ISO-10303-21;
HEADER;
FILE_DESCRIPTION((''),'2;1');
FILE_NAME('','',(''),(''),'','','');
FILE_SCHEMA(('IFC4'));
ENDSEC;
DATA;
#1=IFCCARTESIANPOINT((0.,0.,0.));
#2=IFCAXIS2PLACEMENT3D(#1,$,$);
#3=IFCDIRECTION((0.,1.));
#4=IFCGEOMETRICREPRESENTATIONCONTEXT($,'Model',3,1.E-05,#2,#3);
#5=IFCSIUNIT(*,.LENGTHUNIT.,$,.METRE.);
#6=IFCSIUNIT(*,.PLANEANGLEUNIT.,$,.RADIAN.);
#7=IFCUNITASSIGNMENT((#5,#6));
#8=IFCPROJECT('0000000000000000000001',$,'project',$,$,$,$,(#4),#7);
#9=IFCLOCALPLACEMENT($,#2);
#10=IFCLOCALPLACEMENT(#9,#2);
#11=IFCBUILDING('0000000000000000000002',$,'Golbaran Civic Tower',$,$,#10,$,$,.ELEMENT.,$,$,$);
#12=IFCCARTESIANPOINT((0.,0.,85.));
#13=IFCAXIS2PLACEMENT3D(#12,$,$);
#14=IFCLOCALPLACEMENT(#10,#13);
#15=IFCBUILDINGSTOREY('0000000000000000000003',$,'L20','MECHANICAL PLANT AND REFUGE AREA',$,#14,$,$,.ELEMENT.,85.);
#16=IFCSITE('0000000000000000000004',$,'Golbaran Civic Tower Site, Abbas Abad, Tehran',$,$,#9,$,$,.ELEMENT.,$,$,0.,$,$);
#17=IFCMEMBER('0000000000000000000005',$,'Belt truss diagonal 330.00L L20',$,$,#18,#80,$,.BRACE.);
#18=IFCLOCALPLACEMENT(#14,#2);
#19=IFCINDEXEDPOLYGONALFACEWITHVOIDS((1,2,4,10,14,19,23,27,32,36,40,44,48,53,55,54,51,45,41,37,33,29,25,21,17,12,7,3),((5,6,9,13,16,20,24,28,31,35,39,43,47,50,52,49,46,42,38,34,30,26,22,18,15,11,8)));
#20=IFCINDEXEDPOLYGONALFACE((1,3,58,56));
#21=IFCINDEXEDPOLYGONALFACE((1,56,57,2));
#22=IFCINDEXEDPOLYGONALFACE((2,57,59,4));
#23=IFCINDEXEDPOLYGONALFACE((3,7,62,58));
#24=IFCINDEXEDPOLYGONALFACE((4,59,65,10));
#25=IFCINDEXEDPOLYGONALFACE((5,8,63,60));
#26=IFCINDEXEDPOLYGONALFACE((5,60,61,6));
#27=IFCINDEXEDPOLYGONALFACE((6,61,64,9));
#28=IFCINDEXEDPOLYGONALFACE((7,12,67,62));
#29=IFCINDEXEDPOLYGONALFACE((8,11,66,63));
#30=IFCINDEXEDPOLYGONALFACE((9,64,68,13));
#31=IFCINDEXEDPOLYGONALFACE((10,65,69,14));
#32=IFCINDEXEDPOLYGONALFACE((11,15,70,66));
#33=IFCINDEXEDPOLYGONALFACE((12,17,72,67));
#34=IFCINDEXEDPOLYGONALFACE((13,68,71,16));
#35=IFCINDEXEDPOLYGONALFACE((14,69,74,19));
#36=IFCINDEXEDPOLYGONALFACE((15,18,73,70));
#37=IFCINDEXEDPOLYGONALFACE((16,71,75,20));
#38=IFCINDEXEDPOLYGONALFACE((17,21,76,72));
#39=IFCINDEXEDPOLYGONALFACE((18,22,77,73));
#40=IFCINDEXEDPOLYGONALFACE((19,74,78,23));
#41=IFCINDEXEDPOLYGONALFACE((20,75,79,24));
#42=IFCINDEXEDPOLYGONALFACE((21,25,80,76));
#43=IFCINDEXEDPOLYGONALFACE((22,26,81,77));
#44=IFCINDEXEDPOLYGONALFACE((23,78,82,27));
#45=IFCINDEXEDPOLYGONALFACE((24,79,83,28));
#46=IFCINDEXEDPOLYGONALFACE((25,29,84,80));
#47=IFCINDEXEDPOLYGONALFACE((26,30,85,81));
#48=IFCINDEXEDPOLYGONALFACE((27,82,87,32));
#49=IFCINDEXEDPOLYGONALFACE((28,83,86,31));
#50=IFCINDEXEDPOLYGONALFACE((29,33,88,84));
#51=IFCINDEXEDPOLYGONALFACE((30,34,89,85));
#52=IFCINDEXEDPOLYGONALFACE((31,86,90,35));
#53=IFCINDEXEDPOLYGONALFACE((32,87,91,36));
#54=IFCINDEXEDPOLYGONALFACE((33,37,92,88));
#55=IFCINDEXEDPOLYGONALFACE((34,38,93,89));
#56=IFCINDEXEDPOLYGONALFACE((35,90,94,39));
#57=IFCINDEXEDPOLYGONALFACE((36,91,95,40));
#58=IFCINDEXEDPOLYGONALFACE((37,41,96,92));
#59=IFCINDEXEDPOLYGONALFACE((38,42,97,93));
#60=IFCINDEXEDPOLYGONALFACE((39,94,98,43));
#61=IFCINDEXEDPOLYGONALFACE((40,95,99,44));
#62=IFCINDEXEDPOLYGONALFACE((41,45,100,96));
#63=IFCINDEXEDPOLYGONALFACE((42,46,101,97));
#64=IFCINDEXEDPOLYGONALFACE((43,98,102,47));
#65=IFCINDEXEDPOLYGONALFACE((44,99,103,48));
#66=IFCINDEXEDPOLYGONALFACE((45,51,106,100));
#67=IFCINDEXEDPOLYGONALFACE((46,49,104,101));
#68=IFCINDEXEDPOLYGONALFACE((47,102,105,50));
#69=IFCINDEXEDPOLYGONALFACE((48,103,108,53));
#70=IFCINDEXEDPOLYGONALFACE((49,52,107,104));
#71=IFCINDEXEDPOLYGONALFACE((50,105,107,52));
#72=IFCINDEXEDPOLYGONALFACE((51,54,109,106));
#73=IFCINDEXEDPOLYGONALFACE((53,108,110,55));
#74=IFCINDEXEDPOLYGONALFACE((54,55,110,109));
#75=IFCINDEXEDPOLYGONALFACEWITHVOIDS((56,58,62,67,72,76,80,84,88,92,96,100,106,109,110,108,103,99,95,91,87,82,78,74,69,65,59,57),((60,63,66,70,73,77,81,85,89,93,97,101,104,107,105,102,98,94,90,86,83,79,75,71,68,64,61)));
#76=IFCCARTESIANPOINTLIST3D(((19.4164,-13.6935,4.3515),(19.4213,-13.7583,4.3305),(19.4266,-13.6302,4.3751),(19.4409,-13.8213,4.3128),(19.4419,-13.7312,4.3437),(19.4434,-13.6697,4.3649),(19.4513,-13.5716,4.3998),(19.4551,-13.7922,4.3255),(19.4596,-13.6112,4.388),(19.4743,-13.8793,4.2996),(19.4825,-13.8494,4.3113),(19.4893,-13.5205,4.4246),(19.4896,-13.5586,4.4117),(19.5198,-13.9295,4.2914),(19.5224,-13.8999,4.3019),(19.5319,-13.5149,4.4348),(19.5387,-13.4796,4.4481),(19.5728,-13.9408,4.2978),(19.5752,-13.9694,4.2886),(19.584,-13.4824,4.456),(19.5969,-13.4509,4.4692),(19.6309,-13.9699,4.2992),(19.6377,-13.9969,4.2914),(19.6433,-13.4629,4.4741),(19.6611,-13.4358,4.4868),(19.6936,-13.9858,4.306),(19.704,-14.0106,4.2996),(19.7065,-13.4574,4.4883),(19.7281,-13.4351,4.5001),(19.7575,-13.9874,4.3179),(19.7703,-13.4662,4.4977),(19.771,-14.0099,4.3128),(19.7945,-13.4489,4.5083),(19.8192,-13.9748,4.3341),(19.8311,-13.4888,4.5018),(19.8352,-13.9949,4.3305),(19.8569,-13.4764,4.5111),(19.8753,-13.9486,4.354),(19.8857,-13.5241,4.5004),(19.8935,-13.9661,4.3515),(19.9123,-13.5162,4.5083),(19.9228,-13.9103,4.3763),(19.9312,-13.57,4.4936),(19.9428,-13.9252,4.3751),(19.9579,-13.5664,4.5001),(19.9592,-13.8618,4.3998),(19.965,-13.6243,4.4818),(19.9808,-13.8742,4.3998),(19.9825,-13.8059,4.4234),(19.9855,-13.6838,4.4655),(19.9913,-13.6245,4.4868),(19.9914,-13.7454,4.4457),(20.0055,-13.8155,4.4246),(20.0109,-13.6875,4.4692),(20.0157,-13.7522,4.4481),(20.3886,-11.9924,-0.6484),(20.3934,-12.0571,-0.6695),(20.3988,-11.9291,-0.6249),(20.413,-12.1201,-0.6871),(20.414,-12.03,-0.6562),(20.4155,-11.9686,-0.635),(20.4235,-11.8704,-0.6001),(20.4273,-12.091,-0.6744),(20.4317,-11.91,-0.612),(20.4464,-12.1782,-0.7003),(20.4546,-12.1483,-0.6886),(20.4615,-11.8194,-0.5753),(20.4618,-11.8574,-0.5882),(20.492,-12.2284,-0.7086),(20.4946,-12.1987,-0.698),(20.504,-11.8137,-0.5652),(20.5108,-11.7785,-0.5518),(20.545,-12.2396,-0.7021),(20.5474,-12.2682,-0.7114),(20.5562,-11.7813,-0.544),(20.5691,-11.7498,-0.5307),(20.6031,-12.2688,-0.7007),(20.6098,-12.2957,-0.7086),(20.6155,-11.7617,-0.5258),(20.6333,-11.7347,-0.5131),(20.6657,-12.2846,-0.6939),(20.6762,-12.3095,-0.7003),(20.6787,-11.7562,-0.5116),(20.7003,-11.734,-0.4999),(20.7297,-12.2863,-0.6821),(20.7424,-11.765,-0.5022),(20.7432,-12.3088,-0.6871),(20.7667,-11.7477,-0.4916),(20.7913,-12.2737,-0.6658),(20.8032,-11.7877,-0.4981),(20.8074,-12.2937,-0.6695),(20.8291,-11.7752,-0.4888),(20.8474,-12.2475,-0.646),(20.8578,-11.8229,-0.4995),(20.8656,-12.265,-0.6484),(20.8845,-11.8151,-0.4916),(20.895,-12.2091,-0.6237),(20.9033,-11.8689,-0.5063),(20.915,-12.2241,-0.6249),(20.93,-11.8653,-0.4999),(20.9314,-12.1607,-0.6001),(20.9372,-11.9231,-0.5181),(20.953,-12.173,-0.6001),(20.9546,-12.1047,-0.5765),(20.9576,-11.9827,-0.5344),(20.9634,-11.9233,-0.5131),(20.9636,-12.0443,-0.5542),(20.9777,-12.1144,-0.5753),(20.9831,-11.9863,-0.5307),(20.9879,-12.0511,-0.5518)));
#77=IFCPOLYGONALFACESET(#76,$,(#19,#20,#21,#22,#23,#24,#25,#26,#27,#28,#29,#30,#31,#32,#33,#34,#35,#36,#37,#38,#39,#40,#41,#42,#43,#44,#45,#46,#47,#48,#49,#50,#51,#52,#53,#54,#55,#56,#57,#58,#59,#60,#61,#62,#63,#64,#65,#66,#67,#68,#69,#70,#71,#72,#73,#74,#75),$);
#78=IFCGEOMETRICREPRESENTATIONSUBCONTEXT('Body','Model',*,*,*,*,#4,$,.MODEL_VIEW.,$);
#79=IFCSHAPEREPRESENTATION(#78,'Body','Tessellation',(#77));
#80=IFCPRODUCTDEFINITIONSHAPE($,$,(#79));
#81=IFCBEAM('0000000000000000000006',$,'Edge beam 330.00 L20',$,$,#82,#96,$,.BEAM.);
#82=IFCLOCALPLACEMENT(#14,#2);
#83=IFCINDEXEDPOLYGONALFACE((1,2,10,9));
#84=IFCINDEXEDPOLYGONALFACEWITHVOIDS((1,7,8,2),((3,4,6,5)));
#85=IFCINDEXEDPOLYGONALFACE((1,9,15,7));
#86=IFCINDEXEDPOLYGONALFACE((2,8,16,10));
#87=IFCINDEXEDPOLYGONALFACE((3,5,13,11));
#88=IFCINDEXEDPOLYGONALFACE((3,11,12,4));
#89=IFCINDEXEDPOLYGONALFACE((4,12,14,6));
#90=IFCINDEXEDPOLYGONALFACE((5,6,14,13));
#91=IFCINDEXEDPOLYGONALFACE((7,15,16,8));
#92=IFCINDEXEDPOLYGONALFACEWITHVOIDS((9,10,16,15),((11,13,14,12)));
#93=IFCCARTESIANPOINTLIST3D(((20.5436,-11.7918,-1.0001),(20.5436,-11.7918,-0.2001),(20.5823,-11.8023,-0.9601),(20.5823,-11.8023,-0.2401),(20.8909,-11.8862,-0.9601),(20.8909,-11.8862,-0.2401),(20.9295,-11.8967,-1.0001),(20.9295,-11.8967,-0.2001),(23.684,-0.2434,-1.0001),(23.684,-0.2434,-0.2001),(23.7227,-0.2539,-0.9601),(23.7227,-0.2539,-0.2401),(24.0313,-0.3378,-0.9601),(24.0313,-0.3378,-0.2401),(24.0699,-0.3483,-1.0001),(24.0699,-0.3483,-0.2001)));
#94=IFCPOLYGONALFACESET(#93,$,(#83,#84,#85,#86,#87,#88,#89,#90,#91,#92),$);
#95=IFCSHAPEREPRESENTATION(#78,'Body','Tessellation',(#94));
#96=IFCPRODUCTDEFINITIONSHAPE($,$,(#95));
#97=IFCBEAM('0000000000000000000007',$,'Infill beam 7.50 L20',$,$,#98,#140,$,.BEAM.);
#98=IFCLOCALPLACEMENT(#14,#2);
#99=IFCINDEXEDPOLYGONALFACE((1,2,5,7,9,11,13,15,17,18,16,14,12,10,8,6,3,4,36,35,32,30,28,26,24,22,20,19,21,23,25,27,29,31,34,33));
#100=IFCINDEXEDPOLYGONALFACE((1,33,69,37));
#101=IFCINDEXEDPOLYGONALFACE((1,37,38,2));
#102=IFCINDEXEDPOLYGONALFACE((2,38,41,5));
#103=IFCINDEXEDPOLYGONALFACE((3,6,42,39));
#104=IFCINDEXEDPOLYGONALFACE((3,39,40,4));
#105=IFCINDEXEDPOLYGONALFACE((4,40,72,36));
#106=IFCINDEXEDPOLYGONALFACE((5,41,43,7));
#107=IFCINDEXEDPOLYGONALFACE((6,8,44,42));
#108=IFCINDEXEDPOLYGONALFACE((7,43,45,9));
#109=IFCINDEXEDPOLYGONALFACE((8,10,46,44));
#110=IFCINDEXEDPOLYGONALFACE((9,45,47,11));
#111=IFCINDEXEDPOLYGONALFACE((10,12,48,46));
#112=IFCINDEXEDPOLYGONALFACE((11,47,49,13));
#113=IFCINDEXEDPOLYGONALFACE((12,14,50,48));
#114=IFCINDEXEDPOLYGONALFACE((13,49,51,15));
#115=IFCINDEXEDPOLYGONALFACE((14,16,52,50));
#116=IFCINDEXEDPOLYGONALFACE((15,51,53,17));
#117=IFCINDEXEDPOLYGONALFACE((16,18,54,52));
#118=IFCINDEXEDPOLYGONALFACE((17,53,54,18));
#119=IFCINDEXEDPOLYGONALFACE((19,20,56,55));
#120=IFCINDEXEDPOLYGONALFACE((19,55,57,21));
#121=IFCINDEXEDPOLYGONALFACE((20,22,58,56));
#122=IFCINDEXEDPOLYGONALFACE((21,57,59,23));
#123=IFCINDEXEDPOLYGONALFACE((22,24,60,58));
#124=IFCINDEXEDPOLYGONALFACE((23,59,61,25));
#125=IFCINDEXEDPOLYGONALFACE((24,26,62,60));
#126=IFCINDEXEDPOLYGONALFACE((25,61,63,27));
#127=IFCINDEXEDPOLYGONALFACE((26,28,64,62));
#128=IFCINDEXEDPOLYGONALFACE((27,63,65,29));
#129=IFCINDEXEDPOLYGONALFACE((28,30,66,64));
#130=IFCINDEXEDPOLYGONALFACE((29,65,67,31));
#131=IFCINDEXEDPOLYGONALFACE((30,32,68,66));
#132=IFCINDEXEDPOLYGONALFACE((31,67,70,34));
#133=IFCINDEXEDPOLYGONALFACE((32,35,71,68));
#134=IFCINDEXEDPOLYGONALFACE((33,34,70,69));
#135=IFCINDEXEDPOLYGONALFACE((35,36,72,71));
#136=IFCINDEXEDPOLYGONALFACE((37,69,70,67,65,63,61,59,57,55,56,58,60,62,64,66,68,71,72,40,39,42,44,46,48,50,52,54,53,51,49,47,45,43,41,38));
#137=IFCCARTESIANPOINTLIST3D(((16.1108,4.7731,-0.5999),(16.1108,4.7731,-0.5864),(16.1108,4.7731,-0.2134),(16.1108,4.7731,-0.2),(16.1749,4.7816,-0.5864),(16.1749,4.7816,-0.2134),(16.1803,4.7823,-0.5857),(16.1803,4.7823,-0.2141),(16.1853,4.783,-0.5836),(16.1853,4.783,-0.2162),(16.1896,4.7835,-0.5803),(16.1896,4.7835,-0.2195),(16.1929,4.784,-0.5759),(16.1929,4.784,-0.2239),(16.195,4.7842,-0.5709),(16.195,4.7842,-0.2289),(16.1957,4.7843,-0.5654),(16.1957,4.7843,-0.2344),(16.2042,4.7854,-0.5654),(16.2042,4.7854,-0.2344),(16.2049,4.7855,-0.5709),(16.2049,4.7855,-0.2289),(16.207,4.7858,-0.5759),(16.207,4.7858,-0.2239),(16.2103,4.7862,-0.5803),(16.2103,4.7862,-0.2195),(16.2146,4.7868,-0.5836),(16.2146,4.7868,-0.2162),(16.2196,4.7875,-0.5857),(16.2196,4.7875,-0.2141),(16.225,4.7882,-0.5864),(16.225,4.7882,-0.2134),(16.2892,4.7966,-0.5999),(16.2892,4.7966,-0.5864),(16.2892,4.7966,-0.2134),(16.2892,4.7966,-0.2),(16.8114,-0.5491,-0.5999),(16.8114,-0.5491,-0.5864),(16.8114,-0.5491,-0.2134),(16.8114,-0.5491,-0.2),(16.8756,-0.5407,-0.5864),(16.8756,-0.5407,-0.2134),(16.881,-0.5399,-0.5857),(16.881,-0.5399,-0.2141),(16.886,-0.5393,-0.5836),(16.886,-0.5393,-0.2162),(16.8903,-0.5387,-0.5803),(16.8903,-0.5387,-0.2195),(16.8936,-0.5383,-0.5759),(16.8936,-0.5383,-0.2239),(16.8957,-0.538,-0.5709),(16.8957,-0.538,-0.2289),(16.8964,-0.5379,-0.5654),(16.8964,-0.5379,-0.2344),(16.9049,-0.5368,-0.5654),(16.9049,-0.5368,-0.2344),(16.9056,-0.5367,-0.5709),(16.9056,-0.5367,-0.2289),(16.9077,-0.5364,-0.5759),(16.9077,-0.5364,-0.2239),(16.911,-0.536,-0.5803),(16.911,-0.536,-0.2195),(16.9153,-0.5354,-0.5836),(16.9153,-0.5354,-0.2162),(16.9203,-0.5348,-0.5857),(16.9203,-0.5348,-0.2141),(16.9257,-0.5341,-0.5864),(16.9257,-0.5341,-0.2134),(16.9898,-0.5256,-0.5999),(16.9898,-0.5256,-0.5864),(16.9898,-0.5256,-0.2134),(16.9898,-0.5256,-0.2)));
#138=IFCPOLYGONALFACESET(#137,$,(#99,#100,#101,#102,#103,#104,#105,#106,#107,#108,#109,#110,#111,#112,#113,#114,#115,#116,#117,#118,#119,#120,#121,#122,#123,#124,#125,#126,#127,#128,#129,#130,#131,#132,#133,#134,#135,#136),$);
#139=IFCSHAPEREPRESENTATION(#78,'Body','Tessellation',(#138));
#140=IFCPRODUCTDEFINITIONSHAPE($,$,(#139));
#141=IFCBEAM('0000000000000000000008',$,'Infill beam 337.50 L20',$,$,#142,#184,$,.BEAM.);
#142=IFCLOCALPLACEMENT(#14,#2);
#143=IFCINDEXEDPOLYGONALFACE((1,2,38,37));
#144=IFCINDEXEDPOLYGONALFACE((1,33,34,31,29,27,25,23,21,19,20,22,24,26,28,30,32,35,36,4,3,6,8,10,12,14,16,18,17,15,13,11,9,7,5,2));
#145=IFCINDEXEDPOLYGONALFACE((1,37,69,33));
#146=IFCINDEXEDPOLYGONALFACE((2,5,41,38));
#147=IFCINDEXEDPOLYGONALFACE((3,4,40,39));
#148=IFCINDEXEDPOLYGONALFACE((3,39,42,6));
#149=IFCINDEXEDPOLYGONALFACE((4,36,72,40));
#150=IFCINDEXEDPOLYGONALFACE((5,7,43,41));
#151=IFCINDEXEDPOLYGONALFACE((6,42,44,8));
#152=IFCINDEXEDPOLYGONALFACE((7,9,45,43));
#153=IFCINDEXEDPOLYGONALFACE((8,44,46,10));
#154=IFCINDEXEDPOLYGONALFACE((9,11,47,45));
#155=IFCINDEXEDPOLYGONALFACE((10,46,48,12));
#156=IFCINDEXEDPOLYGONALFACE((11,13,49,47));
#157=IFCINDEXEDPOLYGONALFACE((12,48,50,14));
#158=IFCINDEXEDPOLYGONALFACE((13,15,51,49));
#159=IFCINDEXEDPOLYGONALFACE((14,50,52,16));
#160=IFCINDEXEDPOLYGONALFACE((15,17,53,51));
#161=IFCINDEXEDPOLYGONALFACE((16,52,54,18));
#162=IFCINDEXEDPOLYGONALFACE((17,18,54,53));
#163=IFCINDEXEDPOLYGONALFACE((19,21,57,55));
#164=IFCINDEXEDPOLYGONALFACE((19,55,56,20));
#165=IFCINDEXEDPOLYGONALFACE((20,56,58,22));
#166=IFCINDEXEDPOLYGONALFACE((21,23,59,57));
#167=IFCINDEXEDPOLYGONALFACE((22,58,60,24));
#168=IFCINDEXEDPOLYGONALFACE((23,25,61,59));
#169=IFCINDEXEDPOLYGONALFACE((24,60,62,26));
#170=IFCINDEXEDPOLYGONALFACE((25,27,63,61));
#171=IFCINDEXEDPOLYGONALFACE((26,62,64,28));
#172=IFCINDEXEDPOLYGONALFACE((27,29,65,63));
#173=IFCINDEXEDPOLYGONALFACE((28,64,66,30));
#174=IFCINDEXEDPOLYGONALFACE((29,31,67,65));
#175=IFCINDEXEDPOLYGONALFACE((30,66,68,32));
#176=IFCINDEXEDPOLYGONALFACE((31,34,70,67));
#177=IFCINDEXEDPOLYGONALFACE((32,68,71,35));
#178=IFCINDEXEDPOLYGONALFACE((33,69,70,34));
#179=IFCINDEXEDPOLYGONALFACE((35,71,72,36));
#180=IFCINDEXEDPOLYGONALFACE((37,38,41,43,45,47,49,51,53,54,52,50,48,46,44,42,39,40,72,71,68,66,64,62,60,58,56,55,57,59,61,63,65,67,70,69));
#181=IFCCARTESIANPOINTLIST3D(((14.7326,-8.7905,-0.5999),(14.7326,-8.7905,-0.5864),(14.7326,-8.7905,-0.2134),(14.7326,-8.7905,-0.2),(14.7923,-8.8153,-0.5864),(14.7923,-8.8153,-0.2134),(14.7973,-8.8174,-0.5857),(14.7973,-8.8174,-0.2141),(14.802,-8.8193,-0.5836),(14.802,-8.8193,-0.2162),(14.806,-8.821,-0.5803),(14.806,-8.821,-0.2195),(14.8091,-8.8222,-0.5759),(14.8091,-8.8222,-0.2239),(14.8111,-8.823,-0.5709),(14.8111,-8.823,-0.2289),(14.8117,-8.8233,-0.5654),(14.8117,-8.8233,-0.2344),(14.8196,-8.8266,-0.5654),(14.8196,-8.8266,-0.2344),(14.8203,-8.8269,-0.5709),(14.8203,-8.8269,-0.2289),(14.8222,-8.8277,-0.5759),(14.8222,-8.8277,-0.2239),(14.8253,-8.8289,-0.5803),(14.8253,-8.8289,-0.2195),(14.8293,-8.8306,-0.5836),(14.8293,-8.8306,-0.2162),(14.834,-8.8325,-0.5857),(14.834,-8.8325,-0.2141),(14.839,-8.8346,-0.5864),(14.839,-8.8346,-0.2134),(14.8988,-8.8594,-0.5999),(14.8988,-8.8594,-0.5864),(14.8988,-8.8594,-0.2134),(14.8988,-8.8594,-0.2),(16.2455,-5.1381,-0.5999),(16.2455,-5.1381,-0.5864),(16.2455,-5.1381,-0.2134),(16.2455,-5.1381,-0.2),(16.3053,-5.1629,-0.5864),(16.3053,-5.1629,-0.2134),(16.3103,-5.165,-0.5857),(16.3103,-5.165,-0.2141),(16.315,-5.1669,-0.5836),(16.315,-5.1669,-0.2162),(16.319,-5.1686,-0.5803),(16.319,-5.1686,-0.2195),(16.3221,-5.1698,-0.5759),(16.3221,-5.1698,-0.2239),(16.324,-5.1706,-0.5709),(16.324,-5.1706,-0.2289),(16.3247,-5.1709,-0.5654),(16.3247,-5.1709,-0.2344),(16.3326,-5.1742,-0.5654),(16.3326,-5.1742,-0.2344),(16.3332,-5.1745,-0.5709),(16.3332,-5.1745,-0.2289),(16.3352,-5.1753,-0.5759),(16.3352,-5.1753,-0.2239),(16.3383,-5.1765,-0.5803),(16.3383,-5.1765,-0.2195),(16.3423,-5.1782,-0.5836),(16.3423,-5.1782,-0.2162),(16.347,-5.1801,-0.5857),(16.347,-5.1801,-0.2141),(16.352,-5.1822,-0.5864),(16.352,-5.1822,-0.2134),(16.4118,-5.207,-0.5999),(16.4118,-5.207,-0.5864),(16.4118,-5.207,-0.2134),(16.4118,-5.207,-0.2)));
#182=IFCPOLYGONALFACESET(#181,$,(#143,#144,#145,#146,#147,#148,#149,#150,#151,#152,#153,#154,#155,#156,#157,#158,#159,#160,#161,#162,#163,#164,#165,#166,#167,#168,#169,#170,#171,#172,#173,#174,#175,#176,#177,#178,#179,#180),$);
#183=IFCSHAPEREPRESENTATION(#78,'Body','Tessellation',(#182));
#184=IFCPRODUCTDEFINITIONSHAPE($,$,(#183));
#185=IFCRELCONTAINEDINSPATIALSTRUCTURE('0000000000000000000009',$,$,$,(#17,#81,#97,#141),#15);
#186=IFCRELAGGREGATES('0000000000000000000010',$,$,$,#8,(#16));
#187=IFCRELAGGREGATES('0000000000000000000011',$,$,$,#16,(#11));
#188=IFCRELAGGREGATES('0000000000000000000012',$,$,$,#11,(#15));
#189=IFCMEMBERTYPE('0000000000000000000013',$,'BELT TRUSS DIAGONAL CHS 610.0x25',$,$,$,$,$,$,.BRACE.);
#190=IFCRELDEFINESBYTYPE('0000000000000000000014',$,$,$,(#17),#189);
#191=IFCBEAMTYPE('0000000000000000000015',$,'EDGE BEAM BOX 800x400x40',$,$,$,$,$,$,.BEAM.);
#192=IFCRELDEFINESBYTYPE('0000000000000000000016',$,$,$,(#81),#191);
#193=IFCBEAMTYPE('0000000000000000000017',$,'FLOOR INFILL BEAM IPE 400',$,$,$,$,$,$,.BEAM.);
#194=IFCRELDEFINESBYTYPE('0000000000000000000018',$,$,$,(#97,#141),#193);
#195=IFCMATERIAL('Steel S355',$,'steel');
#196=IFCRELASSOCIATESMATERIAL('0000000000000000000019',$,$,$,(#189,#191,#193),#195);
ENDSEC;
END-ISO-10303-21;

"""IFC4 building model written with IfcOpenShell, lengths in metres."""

from ifc_helpers import new_model, si_unit, direction, frame, origin, origin_2d, place, context, subcontext, project, spatial, hollow_rectangle, hollow_circle, i_section, extrude, material, material_profile, profile_set, type_object, element, save


model = new_model("IFC4")

# Units and contexts
model_context = context("Model", 3, precision=1e-05, world=origin(), true_north=direction((0.0, 1.0)))
body_context = subcontext(model_context, "Body", "Model", "MODEL_VIEW")
ifc_project = project(units=[si_unit("LENGTHUNIT", "METRE"), si_unit("PLANEANGLEUNIT", "RADIAN")], contexts=[model_context])

# Site, building, storey
site_placement = place(None, origin())
site = spatial("IfcSite", under=ifc_project, at=site_placement, Name="Golbaran Civic Tower Site, Abbas Abad, Tehran", CompositionType="ELEMENT", RefElevation=0.0)
building_placement = place(site_placement, origin())
building = spatial("IfcBuilding", under=site, at=building_placement, Name="Golbaran Civic Tower", CompositionType="ELEMENT")
storey_placement = place(building_placement, frame((0.0, 0.0, 85.0)))
storey = spatial("IfcBuildingStorey", under=building, at=storey_placement, Name="L20", Description="MECHANICAL PLANT AND REFUGE AREA", CompositionType="ELEMENT", Elevation=85.0)

# Member
ifc_material_1 = material(Name="Steel S355", Category="steel")
ifc_material_profile_1 = material_profile(ifc_material_1, hollow_circle(Radius=0.3049, WallThickness=0.0249, at=origin_2d()), Name="CHS 610.0x25")
ifc_profile_set_1 = profile_set([ifc_material_profile_1], Name="Steel S355")
member_type_1 = type_object("IfcMemberType", Name="BELT TRUSS DIAGONAL CHS 610.0x25", PredefinedType="BRACE", material=ifc_profile_set_1)
member_1_placement = place(storey_placement, frame((20.6882, -12.0217, -0.6001), z_axis=(-0.18103, -0.31678, 0.931063), x_axis=(0.868228, -0.496166, 0.0)))
element("IfcMember", 1, at=member_1_placement, inside=storey, type_object=member_type_1, Name="Belt truss diagonal 330.00L L20", PredefinedType="BRACE", context=body_context, shape_type="SweptSolid", body=[
    extrude(hollow_circle(Radius=0.3049, WallThickness=0.0249, at=origin_2d()), origin(), (0.0, 0.0, 1.0), 5.3701),
])

# Beams
ifc_material_profile_2 = material_profile(ifc_material_1, hollow_rectangle(XDim=0.3999, YDim=0.8, WallThickness=0.04, at=origin_2d()), Name="BOX 800x400x40")
ifc_profile_set_2 = profile_set([ifc_material_profile_2], Name="Steel S355")
beam_type_1 = type_object("IfcBeamType", Name="EDGE BEAM BOX 800x400x40", PredefinedType="BEAM", material=ifc_profile_set_2)
beam_1_placement = place(storey_placement, frame((20.7366, -11.8442, -0.6001), z_axis=(0.262404, 0.964958, 0.0), x_axis=(-0.964958, 0.262404, 0.0)))
element("IfcBeam", 2, at=beam_1_placement, inside=storey, type_object=beam_type_1, Name="Edge beam 330.00 L20", PredefinedType="BEAM", context=body_context, shape_type="SweptSolid", body=[
    extrude(hollow_rectangle(XDim=0.3999, YDim=0.8, WallThickness=0.04, at=origin_2d()), origin(), (0.0, 0.0, 1.0), 11.9678),
])
ifc_material_profile_3 = material_profile(ifc_material_1, i_section(OverallWidth=0.1799, OverallDepth=0.3999, WebThickness=0.0085, FlangeThickness=0.0134, FilletRadius=0.021, at=origin_2d()), Name="IPE 400")
ifc_profile_set_3 = profile_set([ifc_material_profile_3], Name="Steel S355")
beam_type_2 = type_object("IfcBeamType", Name="FLOOR INFILL BEAM IPE 400", PredefinedType="BEAM", material=ifc_profile_set_3)
beam_2_placement = place(storey_placement, frame((16.9006, -0.5374, -0.3999), z_axis=(-0.130525, 0.991445, 0.0), x_axis=(-0.991445, -0.130525, 0.0)))
element("IfcBeam", 3, at=beam_2_placement, inside=storey, type_object=beam_type_2, Name="Infill beam 7.50 L20", PredefinedType="BEAM", context=body_context, shape_type="SweptSolid", body=[
    extrude(i_section(OverallWidth=0.1799, OverallDepth=0.3999, WebThickness=0.0085, FlangeThickness=0.0134, FilletRadius=0.021, at=origin_2d()), origin(), (0.0, 0.0, 1.0), 5.3682),
])
beam_3_placement = place(storey_placement, frame((14.8157, -8.825, -0.3999), z_axis=(0.382703, 0.923872, 0.0), x_axis=(-0.923872, 0.382703, 0.0)))
element("IfcBeam", 4, at=beam_3_placement, inside=storey, type_object=beam_type_2, Name="Infill beam 337.50 L20", PredefinedType="BEAM", context=body_context, shape_type="SweptSolid", body=[
    extrude(i_section(OverallWidth=0.1799, OverallDepth=0.3999, WebThickness=0.0085, FlangeThickness=0.0134, FilletRadius=0.021, at=origin_2d()), origin(), (0.0, 0.0, 1.0), 3.9534),
])

save(model, "model.ifc")
